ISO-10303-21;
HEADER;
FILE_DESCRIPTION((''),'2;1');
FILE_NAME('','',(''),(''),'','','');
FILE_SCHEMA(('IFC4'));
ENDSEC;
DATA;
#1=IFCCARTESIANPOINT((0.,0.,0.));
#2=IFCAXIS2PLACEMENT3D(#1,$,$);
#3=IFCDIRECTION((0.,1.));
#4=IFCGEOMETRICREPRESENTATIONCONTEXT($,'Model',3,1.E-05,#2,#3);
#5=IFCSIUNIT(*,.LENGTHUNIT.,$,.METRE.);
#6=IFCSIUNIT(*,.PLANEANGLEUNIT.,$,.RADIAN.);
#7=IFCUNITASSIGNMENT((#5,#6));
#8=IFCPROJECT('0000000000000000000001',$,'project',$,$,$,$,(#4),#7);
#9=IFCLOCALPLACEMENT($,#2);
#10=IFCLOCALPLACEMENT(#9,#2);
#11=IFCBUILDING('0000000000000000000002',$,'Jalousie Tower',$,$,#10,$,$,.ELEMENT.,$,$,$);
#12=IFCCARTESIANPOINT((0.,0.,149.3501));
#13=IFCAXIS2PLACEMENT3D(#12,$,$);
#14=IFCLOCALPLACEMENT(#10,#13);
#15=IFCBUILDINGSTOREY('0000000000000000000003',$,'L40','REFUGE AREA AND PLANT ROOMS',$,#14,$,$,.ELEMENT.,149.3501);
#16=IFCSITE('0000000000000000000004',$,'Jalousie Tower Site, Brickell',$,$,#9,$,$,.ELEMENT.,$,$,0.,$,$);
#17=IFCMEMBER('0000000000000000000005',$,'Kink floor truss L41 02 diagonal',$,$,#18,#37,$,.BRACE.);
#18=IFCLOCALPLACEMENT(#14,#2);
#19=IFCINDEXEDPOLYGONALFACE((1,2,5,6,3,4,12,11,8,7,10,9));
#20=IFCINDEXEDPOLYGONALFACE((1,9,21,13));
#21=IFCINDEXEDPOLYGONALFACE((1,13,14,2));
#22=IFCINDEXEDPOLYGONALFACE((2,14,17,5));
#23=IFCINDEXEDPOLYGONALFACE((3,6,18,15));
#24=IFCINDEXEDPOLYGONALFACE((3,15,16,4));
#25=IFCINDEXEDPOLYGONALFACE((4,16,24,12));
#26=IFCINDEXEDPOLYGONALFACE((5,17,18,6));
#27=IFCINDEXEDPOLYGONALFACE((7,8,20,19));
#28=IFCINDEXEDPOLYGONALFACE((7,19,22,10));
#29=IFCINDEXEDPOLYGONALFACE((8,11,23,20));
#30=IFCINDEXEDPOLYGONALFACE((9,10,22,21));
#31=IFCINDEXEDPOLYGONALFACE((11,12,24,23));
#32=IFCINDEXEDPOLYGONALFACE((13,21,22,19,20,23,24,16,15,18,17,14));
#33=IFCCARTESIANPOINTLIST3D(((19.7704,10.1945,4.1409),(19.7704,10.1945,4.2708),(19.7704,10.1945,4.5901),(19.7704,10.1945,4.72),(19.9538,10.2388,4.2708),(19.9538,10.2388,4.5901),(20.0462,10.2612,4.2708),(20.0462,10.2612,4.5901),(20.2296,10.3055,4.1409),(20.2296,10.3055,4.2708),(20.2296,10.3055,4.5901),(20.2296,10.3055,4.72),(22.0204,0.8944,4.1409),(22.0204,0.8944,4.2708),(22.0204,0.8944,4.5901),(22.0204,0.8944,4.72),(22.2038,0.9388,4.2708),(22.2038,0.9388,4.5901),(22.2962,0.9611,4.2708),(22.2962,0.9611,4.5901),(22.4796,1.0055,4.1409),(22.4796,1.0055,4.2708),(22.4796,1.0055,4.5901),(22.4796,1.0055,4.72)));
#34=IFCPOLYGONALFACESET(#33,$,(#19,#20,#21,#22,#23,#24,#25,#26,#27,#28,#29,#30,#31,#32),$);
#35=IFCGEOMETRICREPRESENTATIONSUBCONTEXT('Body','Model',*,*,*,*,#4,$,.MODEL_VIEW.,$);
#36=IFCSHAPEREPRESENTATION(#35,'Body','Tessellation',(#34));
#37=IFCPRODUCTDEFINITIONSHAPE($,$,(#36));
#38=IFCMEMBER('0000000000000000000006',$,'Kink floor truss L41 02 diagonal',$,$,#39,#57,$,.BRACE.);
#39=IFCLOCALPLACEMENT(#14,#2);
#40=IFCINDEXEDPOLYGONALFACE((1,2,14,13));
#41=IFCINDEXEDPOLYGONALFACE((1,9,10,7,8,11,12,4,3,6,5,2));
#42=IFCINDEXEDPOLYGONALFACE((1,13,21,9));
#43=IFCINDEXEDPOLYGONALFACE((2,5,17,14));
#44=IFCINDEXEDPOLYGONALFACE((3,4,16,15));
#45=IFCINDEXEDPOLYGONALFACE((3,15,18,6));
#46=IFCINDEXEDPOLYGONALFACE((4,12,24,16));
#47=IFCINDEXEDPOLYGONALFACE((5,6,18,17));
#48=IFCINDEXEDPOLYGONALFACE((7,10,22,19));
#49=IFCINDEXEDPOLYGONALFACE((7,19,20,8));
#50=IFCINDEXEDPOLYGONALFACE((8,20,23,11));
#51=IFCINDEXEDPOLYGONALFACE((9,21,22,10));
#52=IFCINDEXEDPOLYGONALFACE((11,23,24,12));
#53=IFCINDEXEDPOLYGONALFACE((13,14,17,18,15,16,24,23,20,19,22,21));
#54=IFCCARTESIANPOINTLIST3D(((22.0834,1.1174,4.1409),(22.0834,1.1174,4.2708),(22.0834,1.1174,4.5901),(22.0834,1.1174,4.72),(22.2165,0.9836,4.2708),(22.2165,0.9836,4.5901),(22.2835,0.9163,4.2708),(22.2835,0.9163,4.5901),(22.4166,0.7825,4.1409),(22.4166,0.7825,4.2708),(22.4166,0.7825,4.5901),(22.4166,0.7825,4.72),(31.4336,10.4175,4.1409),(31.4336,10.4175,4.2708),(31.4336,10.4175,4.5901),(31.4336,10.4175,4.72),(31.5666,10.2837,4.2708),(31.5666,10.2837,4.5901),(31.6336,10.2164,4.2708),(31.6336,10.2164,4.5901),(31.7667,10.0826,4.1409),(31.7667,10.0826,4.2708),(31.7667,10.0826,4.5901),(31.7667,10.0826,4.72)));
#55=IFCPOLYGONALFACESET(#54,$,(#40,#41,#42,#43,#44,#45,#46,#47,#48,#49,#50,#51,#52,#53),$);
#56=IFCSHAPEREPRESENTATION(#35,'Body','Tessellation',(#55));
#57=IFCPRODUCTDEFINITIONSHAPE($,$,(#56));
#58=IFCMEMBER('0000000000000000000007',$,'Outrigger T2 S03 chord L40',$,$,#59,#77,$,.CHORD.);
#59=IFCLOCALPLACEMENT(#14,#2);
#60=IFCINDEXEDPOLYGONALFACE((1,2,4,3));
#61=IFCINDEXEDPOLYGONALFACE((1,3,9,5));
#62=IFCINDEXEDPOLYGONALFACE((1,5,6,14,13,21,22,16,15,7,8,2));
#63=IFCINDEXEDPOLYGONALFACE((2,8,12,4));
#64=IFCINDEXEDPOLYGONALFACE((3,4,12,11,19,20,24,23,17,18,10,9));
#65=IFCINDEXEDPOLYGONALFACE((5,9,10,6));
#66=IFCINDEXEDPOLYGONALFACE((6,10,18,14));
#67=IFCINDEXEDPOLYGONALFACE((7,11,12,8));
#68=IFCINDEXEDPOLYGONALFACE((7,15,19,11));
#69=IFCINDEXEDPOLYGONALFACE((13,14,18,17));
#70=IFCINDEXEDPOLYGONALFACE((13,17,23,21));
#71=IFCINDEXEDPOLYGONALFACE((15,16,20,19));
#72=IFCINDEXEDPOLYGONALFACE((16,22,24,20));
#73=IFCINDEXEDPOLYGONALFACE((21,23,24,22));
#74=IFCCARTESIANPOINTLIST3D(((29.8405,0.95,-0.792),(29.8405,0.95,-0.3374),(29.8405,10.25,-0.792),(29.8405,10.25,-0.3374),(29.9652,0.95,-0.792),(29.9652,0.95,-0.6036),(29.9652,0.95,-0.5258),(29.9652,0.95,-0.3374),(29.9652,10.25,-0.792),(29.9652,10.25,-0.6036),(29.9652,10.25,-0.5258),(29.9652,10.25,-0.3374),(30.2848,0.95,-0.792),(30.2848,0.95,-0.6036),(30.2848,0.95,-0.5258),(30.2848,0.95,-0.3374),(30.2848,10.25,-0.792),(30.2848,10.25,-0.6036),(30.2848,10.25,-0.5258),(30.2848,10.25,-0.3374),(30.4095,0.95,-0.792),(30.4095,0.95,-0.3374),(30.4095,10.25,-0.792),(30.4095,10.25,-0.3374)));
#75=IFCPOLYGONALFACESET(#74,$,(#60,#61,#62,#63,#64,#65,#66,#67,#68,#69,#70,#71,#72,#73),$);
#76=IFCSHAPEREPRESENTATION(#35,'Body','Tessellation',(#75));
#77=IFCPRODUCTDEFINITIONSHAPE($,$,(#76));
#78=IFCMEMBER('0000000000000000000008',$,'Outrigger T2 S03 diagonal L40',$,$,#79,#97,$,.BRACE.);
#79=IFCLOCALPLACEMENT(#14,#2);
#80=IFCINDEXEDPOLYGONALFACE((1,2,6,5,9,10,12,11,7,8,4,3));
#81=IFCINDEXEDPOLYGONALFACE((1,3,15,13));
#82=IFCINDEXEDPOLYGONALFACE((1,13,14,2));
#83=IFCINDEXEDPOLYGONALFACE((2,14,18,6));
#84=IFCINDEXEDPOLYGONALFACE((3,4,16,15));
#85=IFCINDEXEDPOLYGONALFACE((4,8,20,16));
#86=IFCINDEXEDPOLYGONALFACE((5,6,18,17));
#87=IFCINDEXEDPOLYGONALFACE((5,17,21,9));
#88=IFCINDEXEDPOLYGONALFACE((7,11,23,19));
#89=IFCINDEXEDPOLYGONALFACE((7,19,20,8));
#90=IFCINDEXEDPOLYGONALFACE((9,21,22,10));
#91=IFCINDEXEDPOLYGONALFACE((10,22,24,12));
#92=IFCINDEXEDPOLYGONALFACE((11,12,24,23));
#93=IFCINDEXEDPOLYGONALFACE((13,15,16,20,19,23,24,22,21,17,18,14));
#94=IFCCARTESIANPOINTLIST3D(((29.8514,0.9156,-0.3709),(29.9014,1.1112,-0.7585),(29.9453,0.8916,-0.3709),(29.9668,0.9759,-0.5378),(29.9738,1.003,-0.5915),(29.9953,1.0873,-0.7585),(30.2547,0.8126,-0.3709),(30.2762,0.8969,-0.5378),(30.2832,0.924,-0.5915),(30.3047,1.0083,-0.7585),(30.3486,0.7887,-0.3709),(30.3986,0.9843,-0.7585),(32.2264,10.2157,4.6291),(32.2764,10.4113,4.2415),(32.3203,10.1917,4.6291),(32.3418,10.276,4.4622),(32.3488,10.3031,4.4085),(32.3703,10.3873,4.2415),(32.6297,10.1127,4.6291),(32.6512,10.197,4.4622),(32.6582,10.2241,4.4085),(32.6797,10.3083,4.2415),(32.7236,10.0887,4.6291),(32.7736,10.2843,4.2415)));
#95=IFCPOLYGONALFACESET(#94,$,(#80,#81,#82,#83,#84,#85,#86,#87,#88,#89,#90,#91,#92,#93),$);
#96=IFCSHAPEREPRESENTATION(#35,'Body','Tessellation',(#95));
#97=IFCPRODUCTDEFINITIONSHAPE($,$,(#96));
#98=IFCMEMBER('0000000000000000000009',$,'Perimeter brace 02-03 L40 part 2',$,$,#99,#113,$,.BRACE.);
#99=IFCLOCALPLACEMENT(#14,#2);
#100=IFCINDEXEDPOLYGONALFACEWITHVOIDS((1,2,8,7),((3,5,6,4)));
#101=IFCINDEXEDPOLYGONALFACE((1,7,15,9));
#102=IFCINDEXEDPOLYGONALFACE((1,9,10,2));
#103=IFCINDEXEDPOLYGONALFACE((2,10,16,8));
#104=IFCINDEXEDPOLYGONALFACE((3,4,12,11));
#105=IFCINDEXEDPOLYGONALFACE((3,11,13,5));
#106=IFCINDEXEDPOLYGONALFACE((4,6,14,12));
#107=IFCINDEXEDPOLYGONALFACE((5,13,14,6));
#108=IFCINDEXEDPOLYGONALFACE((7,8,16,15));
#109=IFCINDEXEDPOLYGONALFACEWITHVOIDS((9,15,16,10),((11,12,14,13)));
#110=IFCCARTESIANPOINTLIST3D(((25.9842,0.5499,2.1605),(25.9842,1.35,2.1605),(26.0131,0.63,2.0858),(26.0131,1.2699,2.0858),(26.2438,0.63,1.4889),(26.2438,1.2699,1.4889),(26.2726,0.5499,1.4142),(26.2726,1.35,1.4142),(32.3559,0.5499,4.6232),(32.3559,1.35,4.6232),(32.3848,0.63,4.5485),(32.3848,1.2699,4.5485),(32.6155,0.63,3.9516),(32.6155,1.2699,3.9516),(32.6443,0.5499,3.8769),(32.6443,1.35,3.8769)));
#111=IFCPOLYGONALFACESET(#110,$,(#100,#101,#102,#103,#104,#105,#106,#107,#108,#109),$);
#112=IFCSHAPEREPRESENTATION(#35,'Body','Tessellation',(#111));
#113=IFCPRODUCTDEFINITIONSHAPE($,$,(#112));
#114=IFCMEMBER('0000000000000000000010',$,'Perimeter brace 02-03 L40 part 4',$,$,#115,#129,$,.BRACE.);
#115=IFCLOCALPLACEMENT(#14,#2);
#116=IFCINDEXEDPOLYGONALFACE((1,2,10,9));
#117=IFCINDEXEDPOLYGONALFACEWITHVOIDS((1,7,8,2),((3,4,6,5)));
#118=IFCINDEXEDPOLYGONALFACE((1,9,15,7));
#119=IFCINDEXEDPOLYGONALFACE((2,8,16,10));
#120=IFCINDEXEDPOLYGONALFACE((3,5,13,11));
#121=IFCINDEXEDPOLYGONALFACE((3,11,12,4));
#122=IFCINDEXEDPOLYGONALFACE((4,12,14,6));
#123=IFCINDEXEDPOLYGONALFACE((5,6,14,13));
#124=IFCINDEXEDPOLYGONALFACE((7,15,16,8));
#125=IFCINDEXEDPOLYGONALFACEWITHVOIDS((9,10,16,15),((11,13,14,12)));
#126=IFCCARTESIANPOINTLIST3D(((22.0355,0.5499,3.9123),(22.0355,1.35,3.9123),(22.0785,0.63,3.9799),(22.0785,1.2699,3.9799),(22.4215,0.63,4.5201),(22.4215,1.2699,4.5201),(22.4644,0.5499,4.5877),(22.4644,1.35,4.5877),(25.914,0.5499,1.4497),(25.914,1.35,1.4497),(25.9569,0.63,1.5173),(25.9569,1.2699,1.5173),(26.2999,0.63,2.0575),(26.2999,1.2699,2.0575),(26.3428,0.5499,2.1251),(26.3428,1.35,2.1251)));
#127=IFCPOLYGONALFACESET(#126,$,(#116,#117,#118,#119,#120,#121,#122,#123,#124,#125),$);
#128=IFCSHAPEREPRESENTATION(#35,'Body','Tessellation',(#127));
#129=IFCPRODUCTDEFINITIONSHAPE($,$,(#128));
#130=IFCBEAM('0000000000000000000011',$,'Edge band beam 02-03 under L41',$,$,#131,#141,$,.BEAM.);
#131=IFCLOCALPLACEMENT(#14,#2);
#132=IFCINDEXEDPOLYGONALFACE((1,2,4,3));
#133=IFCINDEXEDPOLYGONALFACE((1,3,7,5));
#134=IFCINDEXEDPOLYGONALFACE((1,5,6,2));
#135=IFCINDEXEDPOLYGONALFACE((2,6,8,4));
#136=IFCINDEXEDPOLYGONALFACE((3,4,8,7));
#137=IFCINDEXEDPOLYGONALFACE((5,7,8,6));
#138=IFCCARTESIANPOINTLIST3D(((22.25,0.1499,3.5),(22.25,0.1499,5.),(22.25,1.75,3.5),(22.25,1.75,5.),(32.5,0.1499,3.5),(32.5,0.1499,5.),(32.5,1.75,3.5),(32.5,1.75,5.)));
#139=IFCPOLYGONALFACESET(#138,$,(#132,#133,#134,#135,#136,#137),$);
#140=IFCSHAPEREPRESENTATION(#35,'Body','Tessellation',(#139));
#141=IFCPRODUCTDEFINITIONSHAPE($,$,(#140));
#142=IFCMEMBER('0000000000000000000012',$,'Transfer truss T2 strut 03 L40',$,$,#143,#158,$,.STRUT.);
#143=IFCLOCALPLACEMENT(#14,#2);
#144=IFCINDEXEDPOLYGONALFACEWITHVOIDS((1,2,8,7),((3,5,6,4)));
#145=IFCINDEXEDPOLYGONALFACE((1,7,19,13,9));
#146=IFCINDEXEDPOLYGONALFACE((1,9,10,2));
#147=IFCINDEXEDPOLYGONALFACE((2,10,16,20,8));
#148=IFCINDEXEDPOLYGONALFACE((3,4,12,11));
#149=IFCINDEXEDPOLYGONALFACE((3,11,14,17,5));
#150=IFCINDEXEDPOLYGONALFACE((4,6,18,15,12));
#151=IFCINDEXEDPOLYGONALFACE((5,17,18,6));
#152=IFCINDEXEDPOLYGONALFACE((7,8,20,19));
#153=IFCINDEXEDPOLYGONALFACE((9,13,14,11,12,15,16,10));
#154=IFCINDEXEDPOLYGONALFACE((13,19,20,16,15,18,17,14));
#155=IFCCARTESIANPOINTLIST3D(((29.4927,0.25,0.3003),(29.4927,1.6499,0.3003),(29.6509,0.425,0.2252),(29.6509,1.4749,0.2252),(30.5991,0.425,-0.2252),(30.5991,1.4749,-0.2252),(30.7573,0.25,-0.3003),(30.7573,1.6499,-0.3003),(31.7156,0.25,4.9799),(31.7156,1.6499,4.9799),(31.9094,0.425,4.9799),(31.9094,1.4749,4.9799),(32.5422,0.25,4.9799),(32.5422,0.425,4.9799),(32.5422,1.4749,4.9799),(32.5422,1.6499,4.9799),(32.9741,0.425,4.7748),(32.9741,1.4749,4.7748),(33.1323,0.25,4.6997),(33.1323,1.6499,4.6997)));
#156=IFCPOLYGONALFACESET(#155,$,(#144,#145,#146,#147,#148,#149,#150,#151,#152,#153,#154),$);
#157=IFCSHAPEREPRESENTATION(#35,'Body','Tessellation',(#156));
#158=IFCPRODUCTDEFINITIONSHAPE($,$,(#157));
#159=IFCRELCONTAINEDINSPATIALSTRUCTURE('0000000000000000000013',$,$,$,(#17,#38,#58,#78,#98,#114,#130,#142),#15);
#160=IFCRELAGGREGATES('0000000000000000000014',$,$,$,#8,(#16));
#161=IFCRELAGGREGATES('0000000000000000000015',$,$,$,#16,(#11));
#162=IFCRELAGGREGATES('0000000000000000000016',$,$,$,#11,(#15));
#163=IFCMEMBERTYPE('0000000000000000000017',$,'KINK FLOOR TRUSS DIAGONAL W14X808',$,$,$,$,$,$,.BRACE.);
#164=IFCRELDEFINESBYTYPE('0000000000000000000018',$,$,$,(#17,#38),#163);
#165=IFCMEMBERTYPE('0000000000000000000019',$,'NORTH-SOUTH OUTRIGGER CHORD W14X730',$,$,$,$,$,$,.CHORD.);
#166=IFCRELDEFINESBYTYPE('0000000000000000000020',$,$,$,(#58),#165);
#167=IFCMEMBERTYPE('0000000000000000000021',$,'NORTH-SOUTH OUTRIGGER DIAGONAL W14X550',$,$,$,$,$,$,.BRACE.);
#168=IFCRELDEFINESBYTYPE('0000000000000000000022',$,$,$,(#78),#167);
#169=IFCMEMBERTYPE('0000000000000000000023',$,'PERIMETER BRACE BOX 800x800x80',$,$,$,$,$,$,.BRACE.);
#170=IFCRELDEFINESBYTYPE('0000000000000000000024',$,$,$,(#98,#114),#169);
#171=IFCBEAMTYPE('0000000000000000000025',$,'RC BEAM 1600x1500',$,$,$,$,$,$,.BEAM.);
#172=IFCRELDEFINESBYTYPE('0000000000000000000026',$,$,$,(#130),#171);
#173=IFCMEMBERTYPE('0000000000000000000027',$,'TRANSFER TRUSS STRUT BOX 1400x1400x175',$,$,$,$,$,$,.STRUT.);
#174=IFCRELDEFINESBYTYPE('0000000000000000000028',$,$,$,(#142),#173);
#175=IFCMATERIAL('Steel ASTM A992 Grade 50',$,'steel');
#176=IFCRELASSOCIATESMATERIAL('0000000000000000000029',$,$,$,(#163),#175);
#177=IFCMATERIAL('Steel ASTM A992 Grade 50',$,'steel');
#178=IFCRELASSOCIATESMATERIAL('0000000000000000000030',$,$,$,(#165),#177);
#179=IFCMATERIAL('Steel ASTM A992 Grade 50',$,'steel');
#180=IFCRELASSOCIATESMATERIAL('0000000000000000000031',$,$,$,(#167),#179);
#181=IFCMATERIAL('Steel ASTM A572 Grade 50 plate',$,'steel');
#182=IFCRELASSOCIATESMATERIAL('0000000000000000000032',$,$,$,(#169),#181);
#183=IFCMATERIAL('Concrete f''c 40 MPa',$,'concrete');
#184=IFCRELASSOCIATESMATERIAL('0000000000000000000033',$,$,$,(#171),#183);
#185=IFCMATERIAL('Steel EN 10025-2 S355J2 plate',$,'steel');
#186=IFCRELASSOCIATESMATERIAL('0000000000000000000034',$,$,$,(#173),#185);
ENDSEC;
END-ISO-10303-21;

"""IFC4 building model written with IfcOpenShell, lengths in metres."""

from ifc_helpers import new_model, si_unit, direction, frame, origin, origin_2d, place, context, subcontext, project, spatial, rectangle, hollow_rectangle, i_section, extrude, clip, halfspace, material, material_profile, profile_set, type_object, element, save


model = new_model("IFC4")

# Units and contexts
model_context = context("Model", 3, precision=1e-05, world=origin(), true_north=direction((0.0, 1.0)))
body_context = subcontext(model_context, "Body", "Model", "MODEL_VIEW")
ifc_project = project(units=[si_unit("LENGTHUNIT", "METRE"), si_unit("PLANEANGLEUNIT", "RADIAN")], contexts=[model_context])

# Site, building, storey
site_placement = place(None, origin())
site = spatial("IfcSite", under=ifc_project, at=site_placement, Name="Jalousie Tower Site, Brickell", CompositionType="ELEMENT", RefElevation=0.0)
building_placement = place(site_placement, origin())
building = spatial("IfcBuilding", under=site, at=building_placement, Name="Jalousie Tower", CompositionType="ELEMENT")
storey_placement = place(building_placement, frame((0.0, 0.0, 149.3501)))
storey = spatial("IfcBuildingStorey", under=building, at=storey_placement, Name="L40", Description="REFUGE AREA AND PLANT ROOMS", CompositionType="ELEMENT", Elevation=149.3501)

# Members
ifc_material_1 = material(Name="Steel ASTM A992 Grade 50", Category="steel")
ifc_material_profile_1 = material_profile(ifc_material_1, i_section(OverallWidth=0.4724, OverallDepth=0.5791, WebThickness=0.095, FlangeThickness=0.1299, at=origin_2d()), Name="W14X808")
ifc_profile_set_1 = profile_set([ifc_material_profile_1], Name="Steel ASTM A992 Grade 50")
member_type_1 = type_object("IfcMemberType", Name="KINK FLOOR TRUSS DIAGONAL W14X808", PredefinedType="BRACE", material=ifc_profile_set_1)
member_1_placement = place(storey_placement, frame((22.25, 0.95, 4.4304), z_axis=(-0.23515, 0.971959, 0.0), x_axis=(-0.971959, -0.23515, 0.0)))
element("IfcMember", 1, at=member_1_placement, inside=storey, type_object=member_type_1, Name="Kink floor truss L41 02 diagonal", PredefinedType="BRACE", context=body_context, shape_type="SweptSolid", body=[
    extrude(i_section(OverallWidth=0.4724, OverallDepth=0.5791, WebThickness=0.095, FlangeThickness=0.1299, at=origin_2d()), origin(), (0.0, 0.0, 1.0), 9.5684),
])
member_2_placement = place(storey_placement, frame((22.25, 0.95, 4.4304), z_axis=(0.709002, 0.705207, 0.0), x_axis=(-0.705207, 0.709002, 0.0)))
element("IfcMember", 2, at=member_2_placement, inside=storey, type_object=member_type_1, Name="Kink floor truss L41 02 diagonal", PredefinedType="BRACE", context=body_context, shape_type="SweptSolid", body=[
    extrude(i_section(OverallWidth=0.4724, OverallDepth=0.5791, WebThickness=0.095, FlangeThickness=0.1299, at=origin_2d()), origin(), (0.0, 0.0, 1.0), 13.1877),
])
ifc_material_2 = material(Name="Steel ASTM A992 Grade 50", Category="steel")
ifc_material_profile_2 = material_profile(ifc_material_2, i_section(OverallWidth=0.4546, OverallDepth=0.5691, WebThickness=0.0779, FlangeThickness=0.1248, at=origin_2d()), Name="W14X730")
ifc_profile_set_2 = profile_set([ifc_material_profile_2], Name="Steel ASTM A992 Grade 50")
member_type_2 = type_object("IfcMemberType", Name="NORTH-SOUTH OUTRIGGER CHORD W14X730", PredefinedType="CHORD", material=ifc_profile_set_2)
member_3_placement = place(storey_placement, frame((30.125, 0.95, -0.5647), z_axis=(0.0, 1.0, 0.0), x_axis=(0.0, 0.0, 1.0)))
element("IfcMember", 3, at=member_3_placement, inside=storey, type_object=member_type_2, Name="Outrigger T2 S03 chord L40", PredefinedType="CHORD", context=body_context, shape_type="SweptSolid", body=[
    extrude(i_section(OverallWidth=0.4546, OverallDepth=0.5691, WebThickness=0.0779, FlangeThickness=0.1248, at=origin_2d()), origin(), (0.0, 0.0, 1.0), 9.3),
])
ifc_material_3 = material(Name="Steel ASTM A992 Grade 50", Category="steel")
ifc_material_profile_3 = material_profile(ifc_material_3, i_section(OverallWidth=0.437, OverallDepth=0.5132, WebThickness=0.0605, FlangeThickness=0.0969, at=origin_2d()), Name="W14X550")
ifc_profile_set_3 = profile_set([ifc_material_profile_3], Name="Steel ASTM A992 Grade 50")
member_type_3 = type_object("IfcMemberType", Name="NORTH-SOUTH OUTRIGGER DIAGONAL W14X550", PredefinedType="BRACE", material=ifc_profile_set_3)
member_4_placement = place(storey_placement, frame((30.125, 0.95, -0.5647), z_axis=(0.219446, 0.859307, 0.461991), x_axis=(-0.114312, -0.447625, 0.886885)))
element("IfcMember", 4, at=member_4_placement, inside=storey, type_object=member_type_3, Name="Outrigger T2 S03 diagonal L40", PredefinedType="BRACE", context=body_context, shape_type="SweptSolid", body=[
    extrude(i_section(OverallWidth=0.437, OverallDepth=0.5132, WebThickness=0.0605, FlangeThickness=0.0969, at=origin_2d()), origin(), (0.0, 0.0, 1.0), 10.8228),
])
ifc_material_4 = material(Name="Steel ASTM A572 Grade 50 plate", Category="steel")
ifc_material_profile_4 = material_profile(ifc_material_4, hollow_rectangle(XDim=0.8, YDim=0.8, WallThickness=0.0801, at=origin_2d()), Name="BOX 800x800x80")
ifc_profile_set_4 = profile_set([ifc_material_profile_4], Name="Steel ASTM A572 Grade 50 plate")
member_type_4 = type_object("IfcMemberType", Name="PERIMETER BRACE BOX 800x800x80", PredefinedType="BRACE", material=ifc_profile_set_4)
member_5_placement = place(storey_placement, frame((26.1284, 0.95, 1.7874), z_axis=(0.932754, 0.0, 0.360514), x_axis=(0.0, 1.0, 0.0)))
element("IfcMember", 5, at=member_5_placement, inside=storey, type_object=member_type_4, Name="Perimeter brace 02-03 L40 part 2", PredefinedType="BRACE", context=body_context, shape_type="SweptSolid", body=[
    extrude(hollow_rectangle(XDim=0.8, YDim=0.8, WallThickness=0.0801, at=origin_2d()), origin(), (0.0, 0.0, 1.0), 6.8311),
])
member_6_placement = place(storey_placement, frame((26.1284, 0.95, 1.7874), z_axis=(-0.844197, 0.0, 0.536033), x_axis=(0.0, -1.0, 0.0)))
element("IfcMember", 6, at=member_6_placement, inside=storey, type_object=member_type_4, Name="Perimeter brace 02-03 L40 part 4", PredefinedType="BRACE", context=body_context, shape_type="SweptSolid", body=[
    extrude(hollow_rectangle(XDim=0.8, YDim=0.8, WallThickness=0.0801, at=origin_2d()), origin(), (0.0, 0.0, 1.0), 4.5942),
])

# Beam
ifc_material_5 = material(Name="Concrete f'c 40 MPa", Category="concrete")
ifc_material_profile_5 = material_profile(ifc_material_5, rectangle(XDim=1.6001, YDim=1.5, at=origin_2d()), Name="RC 1600x1500")
ifc_profile_set_5 = profile_set([ifc_material_profile_5], Name="Concrete f'c 40 MPa")
beam_type = type_object("IfcBeamType", Name="RC BEAM 1600x1500", PredefinedType="BEAM", material=ifc_profile_set_5)
beam_placement = place(storey_placement, frame((22.25, 0.95, 4.25), z_axis=(1.0, 0.0, 0.0), x_axis=(0.0, 1.0, 0.0)))
element("IfcBeam", 7, at=beam_placement, inside=storey, type_object=beam_type, Name="Edge band beam 02-03 under L41", PredefinedType="BEAM", context=body_context, shape_type="SweptSolid", body=[
    extrude(rectangle(XDim=1.6001, YDim=1.5, at=origin_2d()), origin(), (0.0, 0.0, 1.0), 10.25),
])

# Member
ifc_material_6 = material(Name="Steel EN 10025-2 S355J2 plate", Category="steel")
ifc_material_profile_6 = material_profile(ifc_material_6, hollow_rectangle(XDim=1.3999, YDim=1.3999, WallThickness=0.175, at=origin_2d()), Name="BOX 1400x1400x175")
ifc_profile_set_6 = profile_set([ifc_material_profile_6], Name="Steel EN 10025-2 S355J2 plate")
member_type_5 = type_object("IfcMemberType", Name="TRANSFER TRUSS STRUT BOX 1400x1400x175", PredefinedType="STRUT", material=ifc_profile_set_6)
member_7_placement = place(storey_placement, frame((30.125, 0.95, 0.0), z_axis=(0.429057, 0.0, 0.903278), x_axis=(0.0, 1.0, 0.0)))
element("IfcMember", 8, at=member_7_placement, inside=storey, type_object=member_type_5, Name="Transfer truss T2 strut 03 L40", PredefinedType="STRUT", context=body_context, shape_type="Clipping", body=[
    clip(extrude(hollow_rectangle(XDim=1.3999, YDim=1.3999, WallThickness=0.175, at=origin_2d()), origin(), (0.0, 0.0, 1.0), 5.5354), halfspace(frame((0.0, 0.0, 5.5132), z_axis=(0.0, 0.429057, 0.903278)), False)),
])

save(model, "model.ifc")
